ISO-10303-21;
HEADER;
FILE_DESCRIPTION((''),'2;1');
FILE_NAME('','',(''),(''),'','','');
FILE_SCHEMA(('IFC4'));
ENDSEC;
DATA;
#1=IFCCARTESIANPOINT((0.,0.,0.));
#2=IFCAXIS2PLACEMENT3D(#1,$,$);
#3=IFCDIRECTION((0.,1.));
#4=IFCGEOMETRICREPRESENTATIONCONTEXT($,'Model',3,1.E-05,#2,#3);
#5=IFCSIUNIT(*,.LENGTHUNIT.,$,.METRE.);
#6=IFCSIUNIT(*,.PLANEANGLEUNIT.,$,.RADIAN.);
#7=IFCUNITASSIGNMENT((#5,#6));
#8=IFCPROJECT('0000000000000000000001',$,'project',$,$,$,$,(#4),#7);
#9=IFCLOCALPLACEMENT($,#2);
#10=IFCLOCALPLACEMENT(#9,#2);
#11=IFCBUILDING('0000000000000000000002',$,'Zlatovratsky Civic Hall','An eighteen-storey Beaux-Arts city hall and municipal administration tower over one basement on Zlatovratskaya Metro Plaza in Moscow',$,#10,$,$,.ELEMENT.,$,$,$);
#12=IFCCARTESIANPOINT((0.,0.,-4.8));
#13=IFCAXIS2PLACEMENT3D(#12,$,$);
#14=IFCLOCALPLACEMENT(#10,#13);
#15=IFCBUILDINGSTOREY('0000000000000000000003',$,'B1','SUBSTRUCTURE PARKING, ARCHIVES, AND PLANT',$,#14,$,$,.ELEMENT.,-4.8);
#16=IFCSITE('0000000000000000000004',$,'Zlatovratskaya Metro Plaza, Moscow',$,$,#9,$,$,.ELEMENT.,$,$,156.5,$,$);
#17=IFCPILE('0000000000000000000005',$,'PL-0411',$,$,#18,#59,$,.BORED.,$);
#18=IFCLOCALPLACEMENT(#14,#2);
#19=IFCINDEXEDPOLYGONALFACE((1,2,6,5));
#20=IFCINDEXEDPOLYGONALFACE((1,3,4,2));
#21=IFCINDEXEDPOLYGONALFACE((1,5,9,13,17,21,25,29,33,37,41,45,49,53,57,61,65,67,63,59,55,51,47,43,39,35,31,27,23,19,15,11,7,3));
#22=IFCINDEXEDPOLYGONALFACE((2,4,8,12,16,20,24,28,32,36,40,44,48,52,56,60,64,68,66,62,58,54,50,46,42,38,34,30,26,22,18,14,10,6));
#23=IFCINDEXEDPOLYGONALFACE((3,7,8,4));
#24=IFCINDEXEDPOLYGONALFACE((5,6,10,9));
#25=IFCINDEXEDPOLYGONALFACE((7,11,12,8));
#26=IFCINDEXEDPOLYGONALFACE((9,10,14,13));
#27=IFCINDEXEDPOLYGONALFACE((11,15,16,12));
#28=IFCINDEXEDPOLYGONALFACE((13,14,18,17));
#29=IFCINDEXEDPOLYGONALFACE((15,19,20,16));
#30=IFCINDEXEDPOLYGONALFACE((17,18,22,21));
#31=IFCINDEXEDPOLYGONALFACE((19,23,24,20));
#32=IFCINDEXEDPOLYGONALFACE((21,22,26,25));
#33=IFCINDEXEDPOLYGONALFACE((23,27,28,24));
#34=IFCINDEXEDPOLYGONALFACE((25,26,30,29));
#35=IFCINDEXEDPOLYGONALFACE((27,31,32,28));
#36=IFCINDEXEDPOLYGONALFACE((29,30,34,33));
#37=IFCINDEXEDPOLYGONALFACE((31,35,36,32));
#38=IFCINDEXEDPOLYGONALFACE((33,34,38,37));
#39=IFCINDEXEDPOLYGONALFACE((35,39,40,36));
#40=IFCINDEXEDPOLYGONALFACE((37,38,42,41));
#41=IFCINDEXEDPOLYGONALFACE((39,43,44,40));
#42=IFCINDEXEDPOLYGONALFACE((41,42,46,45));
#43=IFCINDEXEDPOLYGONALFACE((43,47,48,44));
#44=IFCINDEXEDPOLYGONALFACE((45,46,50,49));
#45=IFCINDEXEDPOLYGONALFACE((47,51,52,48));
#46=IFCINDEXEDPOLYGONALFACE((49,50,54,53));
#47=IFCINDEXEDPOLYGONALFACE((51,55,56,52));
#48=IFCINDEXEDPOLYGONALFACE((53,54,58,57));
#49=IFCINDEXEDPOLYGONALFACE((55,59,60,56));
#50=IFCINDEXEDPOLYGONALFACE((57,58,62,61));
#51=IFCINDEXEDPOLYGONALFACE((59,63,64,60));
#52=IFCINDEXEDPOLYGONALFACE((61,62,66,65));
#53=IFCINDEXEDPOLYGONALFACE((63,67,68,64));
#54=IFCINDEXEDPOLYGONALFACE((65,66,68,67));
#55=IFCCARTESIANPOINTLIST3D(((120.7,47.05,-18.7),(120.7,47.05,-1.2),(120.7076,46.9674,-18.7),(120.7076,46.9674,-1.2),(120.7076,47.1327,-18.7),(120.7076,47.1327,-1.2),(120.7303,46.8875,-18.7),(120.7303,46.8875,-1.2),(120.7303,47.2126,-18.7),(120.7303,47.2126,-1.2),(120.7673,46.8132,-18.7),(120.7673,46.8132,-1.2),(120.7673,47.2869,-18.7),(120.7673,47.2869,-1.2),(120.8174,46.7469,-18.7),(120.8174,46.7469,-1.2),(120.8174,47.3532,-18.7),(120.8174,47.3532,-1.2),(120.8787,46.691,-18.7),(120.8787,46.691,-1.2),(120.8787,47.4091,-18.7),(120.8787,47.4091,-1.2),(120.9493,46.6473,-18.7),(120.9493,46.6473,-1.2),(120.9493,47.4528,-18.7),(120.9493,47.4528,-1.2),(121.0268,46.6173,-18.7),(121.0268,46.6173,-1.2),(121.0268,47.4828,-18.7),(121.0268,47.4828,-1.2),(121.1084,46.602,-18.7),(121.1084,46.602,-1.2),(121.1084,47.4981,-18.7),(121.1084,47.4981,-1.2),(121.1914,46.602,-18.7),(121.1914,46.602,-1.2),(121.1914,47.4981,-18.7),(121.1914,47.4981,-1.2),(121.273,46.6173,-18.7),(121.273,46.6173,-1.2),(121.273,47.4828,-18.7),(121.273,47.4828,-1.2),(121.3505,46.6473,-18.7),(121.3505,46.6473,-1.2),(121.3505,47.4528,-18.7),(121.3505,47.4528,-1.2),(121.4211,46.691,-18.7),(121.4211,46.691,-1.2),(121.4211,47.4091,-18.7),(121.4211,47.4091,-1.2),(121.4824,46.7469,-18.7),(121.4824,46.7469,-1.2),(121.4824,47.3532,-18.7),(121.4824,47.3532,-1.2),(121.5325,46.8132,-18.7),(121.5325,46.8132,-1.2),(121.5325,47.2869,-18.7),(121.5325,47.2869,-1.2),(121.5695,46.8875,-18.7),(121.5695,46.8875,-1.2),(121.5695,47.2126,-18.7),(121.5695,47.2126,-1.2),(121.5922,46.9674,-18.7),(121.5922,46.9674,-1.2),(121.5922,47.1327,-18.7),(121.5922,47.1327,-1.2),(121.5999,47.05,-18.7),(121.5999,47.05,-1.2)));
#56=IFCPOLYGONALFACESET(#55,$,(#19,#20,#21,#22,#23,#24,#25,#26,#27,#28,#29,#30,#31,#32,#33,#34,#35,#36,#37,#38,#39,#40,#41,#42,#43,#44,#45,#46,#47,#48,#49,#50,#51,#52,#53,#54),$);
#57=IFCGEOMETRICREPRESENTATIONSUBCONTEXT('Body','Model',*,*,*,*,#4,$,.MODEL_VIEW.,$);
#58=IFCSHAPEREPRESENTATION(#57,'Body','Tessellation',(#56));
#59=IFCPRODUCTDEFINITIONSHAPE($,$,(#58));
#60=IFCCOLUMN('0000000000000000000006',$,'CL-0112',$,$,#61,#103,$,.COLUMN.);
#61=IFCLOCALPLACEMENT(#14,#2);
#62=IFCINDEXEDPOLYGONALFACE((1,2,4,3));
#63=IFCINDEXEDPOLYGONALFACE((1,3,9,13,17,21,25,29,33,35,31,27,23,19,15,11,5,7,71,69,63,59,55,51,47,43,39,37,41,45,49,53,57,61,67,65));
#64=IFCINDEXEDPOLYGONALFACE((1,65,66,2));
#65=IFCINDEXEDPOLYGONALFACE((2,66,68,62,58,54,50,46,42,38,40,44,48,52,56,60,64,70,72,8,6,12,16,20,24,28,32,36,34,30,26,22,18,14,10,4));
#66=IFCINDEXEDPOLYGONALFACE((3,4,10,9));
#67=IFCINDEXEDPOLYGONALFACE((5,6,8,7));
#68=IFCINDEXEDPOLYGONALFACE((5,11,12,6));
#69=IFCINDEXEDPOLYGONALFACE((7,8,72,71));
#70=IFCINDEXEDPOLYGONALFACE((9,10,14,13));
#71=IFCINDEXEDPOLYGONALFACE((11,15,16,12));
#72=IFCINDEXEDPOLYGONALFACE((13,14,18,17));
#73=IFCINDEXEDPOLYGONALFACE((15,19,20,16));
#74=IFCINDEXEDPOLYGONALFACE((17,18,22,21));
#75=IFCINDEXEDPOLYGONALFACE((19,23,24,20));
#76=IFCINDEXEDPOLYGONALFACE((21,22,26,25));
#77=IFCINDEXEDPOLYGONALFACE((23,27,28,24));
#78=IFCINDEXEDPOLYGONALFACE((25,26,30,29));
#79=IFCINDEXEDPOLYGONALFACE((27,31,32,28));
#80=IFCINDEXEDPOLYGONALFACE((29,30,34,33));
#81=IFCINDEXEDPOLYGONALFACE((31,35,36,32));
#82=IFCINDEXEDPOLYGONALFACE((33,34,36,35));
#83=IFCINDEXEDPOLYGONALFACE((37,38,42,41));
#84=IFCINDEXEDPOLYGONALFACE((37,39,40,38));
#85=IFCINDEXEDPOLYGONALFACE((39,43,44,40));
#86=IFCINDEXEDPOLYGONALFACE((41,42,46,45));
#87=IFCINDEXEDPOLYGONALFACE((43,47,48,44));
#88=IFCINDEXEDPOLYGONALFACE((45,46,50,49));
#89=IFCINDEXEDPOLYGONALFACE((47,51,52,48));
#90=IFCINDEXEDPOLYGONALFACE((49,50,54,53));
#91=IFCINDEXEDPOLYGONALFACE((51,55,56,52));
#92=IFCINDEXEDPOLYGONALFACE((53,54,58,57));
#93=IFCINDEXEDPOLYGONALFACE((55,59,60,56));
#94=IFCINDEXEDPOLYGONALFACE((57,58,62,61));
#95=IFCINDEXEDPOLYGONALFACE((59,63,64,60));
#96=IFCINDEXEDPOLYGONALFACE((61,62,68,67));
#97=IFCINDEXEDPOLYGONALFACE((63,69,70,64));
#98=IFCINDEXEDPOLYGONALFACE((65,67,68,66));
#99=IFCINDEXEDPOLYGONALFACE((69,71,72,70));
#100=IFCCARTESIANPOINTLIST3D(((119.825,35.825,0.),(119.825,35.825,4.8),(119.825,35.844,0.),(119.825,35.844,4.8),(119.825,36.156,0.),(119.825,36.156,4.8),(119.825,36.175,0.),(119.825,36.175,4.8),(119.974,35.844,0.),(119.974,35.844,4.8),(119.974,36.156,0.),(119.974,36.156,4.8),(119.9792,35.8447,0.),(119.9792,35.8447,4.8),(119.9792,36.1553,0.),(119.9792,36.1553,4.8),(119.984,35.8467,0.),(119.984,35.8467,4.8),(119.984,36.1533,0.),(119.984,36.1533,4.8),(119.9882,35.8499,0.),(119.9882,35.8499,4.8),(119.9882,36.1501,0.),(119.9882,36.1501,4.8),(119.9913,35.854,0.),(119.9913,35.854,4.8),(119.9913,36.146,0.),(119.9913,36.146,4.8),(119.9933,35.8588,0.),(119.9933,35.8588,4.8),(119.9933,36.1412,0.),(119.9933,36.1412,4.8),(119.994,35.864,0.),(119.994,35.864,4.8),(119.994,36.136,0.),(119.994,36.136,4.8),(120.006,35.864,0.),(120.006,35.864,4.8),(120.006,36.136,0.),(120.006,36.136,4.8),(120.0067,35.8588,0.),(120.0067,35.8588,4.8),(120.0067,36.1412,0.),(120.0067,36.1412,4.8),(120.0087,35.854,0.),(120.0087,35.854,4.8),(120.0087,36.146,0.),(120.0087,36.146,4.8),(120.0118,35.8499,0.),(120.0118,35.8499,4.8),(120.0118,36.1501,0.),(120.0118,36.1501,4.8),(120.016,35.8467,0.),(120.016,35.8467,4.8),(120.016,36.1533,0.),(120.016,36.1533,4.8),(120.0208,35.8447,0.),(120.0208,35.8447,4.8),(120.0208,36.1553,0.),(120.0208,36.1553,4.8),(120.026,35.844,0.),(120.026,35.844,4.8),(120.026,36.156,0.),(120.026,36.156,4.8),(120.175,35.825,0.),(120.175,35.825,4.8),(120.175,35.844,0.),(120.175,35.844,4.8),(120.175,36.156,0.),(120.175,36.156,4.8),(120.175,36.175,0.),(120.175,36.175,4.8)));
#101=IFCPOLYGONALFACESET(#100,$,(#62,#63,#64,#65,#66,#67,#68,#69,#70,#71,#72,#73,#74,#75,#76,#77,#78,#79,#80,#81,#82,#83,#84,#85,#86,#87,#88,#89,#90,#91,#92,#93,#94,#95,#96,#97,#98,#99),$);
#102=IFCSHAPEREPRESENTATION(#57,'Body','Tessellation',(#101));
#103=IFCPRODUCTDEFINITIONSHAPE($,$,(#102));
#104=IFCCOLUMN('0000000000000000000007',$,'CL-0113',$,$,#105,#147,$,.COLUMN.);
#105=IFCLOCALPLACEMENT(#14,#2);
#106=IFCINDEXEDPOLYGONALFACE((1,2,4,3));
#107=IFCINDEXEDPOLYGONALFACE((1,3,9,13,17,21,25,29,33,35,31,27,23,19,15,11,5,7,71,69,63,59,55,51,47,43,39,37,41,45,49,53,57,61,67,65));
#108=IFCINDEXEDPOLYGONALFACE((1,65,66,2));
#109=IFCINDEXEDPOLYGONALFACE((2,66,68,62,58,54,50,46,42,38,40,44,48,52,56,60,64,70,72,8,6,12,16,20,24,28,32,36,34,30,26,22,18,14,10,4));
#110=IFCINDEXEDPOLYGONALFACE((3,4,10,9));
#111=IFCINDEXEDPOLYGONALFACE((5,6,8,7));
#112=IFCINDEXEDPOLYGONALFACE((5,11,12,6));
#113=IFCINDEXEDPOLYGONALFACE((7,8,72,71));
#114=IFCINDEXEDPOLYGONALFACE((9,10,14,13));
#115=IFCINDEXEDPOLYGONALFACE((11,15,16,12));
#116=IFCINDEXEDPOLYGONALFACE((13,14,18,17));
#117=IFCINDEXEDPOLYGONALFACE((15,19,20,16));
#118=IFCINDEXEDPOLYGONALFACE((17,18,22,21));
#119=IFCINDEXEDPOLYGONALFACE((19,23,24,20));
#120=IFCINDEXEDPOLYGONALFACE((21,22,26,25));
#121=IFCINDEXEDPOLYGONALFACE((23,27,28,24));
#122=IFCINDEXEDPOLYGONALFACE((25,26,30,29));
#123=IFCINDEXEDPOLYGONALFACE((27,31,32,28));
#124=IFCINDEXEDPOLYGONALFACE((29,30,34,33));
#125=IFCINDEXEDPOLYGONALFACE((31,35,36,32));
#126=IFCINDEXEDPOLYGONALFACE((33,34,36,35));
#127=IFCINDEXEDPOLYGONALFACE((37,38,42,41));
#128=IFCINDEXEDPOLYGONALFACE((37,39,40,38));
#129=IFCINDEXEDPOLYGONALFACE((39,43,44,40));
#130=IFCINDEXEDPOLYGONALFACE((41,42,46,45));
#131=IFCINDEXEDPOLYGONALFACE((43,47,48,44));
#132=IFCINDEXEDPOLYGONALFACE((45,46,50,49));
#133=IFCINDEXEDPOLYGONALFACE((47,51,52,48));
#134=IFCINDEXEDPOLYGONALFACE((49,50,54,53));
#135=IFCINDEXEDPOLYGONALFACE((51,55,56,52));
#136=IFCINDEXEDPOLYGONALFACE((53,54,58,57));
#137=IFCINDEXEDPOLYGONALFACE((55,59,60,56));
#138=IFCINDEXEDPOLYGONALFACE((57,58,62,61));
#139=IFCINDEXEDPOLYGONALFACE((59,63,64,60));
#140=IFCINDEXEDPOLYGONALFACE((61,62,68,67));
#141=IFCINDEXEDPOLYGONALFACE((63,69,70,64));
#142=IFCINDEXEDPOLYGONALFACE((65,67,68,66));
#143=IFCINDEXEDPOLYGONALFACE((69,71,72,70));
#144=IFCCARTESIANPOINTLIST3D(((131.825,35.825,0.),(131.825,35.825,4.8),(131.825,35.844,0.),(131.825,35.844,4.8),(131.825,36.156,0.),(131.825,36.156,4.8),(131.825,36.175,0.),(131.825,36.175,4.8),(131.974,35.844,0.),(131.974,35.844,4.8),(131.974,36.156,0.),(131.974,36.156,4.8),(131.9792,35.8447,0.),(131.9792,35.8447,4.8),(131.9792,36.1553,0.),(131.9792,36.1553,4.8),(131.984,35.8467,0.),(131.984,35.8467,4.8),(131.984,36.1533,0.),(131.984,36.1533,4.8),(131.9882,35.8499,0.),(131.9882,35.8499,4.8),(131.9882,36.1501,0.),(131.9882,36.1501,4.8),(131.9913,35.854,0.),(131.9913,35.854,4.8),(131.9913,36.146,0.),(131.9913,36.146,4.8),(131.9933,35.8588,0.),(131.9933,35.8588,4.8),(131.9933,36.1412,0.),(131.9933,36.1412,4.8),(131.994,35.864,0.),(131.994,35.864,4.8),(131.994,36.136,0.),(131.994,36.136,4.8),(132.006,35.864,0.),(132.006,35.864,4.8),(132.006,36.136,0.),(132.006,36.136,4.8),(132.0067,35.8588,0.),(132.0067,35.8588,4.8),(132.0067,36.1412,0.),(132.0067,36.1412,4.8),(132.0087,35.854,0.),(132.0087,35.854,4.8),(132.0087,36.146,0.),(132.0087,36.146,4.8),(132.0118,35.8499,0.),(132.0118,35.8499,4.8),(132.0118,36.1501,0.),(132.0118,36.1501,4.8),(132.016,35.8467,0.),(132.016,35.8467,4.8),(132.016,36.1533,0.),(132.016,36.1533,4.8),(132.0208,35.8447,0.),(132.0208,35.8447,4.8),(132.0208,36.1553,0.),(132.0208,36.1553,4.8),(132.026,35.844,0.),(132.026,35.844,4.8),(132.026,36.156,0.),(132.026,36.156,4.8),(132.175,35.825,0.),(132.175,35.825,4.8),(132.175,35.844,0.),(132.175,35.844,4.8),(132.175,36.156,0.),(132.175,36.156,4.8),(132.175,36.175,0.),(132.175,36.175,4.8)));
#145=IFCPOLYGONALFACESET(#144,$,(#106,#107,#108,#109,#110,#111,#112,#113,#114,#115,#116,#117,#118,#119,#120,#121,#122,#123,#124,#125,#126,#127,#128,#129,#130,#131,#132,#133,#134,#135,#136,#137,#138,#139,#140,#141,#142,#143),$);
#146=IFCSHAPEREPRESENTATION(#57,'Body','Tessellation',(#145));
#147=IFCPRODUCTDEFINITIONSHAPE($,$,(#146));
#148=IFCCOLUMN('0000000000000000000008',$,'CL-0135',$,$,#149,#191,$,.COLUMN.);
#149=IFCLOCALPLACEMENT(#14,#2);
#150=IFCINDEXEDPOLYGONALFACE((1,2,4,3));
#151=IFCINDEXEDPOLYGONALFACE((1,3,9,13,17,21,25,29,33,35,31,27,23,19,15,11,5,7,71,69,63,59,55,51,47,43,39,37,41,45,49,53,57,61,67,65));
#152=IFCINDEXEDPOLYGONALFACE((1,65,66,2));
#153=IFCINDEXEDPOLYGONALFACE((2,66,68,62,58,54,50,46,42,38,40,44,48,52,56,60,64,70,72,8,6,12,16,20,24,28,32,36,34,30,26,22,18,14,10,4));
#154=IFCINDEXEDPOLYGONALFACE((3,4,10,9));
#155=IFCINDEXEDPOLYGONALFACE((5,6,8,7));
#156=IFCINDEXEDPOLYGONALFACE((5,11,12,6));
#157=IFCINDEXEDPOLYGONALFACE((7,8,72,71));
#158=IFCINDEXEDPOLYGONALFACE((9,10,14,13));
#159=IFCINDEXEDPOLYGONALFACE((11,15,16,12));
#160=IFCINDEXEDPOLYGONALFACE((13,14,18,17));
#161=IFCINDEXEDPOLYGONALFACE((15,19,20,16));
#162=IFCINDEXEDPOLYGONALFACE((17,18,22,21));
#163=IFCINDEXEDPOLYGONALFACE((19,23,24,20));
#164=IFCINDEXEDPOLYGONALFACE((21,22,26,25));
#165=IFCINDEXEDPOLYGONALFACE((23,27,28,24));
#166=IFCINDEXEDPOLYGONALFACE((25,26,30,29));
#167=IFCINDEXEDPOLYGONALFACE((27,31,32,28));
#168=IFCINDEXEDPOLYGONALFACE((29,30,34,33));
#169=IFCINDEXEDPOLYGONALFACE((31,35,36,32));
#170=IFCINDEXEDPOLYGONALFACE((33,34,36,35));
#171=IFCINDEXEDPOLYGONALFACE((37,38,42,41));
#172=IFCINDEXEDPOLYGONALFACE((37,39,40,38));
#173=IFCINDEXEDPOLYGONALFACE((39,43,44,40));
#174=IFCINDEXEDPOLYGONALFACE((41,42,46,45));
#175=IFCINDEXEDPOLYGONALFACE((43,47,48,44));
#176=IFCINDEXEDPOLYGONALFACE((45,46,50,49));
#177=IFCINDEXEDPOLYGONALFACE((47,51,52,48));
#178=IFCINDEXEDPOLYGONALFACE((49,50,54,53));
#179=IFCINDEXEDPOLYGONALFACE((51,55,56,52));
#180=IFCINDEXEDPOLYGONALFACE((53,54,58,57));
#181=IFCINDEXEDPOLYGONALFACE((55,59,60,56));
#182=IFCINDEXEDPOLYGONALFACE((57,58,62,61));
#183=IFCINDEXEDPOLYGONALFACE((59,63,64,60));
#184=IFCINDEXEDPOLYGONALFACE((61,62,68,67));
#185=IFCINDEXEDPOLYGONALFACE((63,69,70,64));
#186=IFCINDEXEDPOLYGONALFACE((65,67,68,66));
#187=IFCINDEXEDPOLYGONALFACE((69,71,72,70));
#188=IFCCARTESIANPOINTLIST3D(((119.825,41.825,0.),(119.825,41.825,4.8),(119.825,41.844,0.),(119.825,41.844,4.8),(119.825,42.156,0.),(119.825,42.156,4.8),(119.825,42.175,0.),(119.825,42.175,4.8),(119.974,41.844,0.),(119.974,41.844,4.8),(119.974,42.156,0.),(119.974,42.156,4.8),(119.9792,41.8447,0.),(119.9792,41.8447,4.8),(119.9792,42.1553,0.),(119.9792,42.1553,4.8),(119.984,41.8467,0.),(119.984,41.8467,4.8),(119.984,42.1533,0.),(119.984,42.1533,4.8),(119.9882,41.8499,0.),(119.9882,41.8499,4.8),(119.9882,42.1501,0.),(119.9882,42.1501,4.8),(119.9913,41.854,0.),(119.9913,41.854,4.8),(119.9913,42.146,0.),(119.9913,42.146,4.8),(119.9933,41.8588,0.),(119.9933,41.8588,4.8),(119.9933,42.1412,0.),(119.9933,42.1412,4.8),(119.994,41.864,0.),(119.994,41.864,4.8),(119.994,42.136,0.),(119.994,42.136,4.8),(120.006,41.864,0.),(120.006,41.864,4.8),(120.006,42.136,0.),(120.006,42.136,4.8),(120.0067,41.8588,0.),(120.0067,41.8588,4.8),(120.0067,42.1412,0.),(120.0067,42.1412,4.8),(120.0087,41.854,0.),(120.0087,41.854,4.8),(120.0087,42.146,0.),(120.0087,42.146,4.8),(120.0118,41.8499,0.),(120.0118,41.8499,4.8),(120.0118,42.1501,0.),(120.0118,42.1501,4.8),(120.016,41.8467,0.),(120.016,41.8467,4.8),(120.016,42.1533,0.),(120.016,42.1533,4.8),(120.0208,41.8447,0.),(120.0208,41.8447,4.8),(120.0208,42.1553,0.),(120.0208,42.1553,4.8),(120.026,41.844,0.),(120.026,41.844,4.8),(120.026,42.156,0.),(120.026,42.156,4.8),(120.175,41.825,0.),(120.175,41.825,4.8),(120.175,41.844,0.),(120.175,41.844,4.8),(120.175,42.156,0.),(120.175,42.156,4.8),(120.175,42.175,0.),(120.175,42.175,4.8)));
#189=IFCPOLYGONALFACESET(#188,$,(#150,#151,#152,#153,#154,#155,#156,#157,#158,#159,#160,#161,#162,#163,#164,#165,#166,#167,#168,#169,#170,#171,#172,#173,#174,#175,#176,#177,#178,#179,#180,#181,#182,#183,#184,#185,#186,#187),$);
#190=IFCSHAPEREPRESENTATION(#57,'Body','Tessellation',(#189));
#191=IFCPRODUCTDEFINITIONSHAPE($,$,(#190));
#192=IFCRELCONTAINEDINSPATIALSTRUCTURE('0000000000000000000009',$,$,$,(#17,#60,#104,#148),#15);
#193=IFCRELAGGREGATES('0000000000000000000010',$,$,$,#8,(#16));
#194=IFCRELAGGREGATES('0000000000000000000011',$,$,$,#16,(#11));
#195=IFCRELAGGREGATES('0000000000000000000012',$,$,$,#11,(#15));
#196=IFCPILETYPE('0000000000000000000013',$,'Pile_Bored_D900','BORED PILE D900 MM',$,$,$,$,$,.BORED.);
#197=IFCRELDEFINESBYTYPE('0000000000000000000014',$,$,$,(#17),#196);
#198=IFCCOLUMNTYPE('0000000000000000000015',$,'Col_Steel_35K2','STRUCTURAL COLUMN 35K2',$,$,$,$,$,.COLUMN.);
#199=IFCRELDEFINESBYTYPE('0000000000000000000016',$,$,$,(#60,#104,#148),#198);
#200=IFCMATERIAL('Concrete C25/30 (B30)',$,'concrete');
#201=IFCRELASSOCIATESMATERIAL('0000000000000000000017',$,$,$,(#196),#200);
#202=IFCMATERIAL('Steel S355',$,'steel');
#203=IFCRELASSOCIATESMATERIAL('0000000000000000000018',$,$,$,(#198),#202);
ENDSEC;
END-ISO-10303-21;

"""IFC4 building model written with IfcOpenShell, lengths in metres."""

from ifc_helpers import new_model, si_unit, direction, frame, origin, origin_2d, place, context, subcontext, project, spatial, circle, i_section, extrude, material, material_profile, profile_set, type_object, element, save


model = new_model("IFC4")

# Units and contexts
model_context = context("Model", 3, precision=1e-05, world=origin(), true_north=direction((0.0, 1.0)))
body_context = subcontext(model_context, "Body", "Model", "MODEL_VIEW")
ifc_project = project(units=[si_unit("LENGTHUNIT", "METRE"), si_unit("PLANEANGLEUNIT", "RADIAN")], contexts=[model_context])

# Site, building, storey
site_placement = place(None, origin())
site = spatial("IfcSite", under=ifc_project, at=site_placement, Name="Zlatovratskaya Metro Plaza, Moscow", CompositionType="ELEMENT", RefElevation=156.5)
building_placement = place(site_placement, origin())
building = spatial("IfcBuilding", under=site, at=building_placement, Name="Zlatovratsky Civic Hall", Description="An eighteen-storey Beaux-Arts city hall and municipal administration tower over one basement on Zlatovratskaya Metro Plaza in Moscow", CompositionType="ELEMENT")
storey_placement = place(building_placement, frame((0.0, 0.0, -4.8)))
storey = spatial("IfcBuildingStorey", under=building, at=storey_placement, Name="B1", Description="SUBSTRUCTURE PARKING, ARCHIVES, AND PLANT", CompositionType="ELEMENT", Elevation=-4.8)

# Shared definitions
ifc_material_1 = material(Name="Concrete C25/30 (B30)", Category="concrete")

# Pile
ifc_material_profile_1 = material_profile(ifc_material_1, circle(Radius=0.45, at=origin_2d()), Name="PILE D900")
ifc_profile_set_1 = profile_set([ifc_material_profile_1], Name="Concrete C25/30 (B30)")
pile_type_1 = type_object("IfcPileType", Name="Pile_Bored_D900", Description="BORED PILE D900 MM", PredefinedType="BORED", material=ifc_profile_set_1)
for number, where, z_axis, x_axis, name in (
    (1, (121.1499, 47.05, -1.2), (0.0, 0.0, -1.0), (1.0, 0.0, 0.0), "PL-0411"),
):
    element("IfcPile", number, at=place(storey_placement, frame(where, z_axis=z_axis, x_axis=x_axis)), inside=storey, type_object=pile_type_1, Name=name, PredefinedType="BORED", context=body_context, shape_type="SweptSolid", body=[
        extrude(circle(Radius=0.45, at=origin_2d()), origin(), (0.0, 0.0, 1.0), 17.5),
    ])

# Columns
ifc_material_2 = material(Name="Steel S355", Category="steel")
ifc_material_profile_2 = material_profile(ifc_material_2, i_section(OverallWidth=0.3501, OverallDepth=0.3501, WebThickness=0.012, FlangeThickness=0.019, FilletRadius=0.02, at=origin_2d()), Name="35K2")
ifc_profile_set_2 = profile_set([ifc_material_profile_2], Name="Steel S355")
column_type = type_object("IfcColumnType", Name="Col_Steel_35K2", Description="STRUCTURAL COLUMN 35K2", PredefinedType="COLUMN", material=ifc_profile_set_2)
for number, where, z_axis, x_axis, name in (
    (2, (120.0, 36.0, 0.0), (0.0, 0.0, 1.0), (1.0, 0.0, 0.0), "CL-0112"),
    (3, (132.0, 36.0, 0.0), (0.0, 0.0, 1.0), (1.0, 0.0, 0.0), "CL-0113"),
    (4, (120.0, 42.0, 0.0), (0.0, 0.0, 1.0), (1.0, 0.0, 0.0), "CL-0135"),
):
    element("IfcColumn", number, at=place(storey_placement, frame(where, z_axis=z_axis, x_axis=x_axis)), inside=storey, type_object=column_type, Name=name, PredefinedType="COLUMN", context=body_context, shape_type="SweptSolid", body=[
        extrude(i_section(OverallWidth=0.3501, OverallDepth=0.3501, WebThickness=0.012, FlangeThickness=0.019, FilletRadius=0.02, at=origin_2d()), origin(), (0.0, 0.0, 1.0), 4.8),
    ])

save(model, "model.ifc")
